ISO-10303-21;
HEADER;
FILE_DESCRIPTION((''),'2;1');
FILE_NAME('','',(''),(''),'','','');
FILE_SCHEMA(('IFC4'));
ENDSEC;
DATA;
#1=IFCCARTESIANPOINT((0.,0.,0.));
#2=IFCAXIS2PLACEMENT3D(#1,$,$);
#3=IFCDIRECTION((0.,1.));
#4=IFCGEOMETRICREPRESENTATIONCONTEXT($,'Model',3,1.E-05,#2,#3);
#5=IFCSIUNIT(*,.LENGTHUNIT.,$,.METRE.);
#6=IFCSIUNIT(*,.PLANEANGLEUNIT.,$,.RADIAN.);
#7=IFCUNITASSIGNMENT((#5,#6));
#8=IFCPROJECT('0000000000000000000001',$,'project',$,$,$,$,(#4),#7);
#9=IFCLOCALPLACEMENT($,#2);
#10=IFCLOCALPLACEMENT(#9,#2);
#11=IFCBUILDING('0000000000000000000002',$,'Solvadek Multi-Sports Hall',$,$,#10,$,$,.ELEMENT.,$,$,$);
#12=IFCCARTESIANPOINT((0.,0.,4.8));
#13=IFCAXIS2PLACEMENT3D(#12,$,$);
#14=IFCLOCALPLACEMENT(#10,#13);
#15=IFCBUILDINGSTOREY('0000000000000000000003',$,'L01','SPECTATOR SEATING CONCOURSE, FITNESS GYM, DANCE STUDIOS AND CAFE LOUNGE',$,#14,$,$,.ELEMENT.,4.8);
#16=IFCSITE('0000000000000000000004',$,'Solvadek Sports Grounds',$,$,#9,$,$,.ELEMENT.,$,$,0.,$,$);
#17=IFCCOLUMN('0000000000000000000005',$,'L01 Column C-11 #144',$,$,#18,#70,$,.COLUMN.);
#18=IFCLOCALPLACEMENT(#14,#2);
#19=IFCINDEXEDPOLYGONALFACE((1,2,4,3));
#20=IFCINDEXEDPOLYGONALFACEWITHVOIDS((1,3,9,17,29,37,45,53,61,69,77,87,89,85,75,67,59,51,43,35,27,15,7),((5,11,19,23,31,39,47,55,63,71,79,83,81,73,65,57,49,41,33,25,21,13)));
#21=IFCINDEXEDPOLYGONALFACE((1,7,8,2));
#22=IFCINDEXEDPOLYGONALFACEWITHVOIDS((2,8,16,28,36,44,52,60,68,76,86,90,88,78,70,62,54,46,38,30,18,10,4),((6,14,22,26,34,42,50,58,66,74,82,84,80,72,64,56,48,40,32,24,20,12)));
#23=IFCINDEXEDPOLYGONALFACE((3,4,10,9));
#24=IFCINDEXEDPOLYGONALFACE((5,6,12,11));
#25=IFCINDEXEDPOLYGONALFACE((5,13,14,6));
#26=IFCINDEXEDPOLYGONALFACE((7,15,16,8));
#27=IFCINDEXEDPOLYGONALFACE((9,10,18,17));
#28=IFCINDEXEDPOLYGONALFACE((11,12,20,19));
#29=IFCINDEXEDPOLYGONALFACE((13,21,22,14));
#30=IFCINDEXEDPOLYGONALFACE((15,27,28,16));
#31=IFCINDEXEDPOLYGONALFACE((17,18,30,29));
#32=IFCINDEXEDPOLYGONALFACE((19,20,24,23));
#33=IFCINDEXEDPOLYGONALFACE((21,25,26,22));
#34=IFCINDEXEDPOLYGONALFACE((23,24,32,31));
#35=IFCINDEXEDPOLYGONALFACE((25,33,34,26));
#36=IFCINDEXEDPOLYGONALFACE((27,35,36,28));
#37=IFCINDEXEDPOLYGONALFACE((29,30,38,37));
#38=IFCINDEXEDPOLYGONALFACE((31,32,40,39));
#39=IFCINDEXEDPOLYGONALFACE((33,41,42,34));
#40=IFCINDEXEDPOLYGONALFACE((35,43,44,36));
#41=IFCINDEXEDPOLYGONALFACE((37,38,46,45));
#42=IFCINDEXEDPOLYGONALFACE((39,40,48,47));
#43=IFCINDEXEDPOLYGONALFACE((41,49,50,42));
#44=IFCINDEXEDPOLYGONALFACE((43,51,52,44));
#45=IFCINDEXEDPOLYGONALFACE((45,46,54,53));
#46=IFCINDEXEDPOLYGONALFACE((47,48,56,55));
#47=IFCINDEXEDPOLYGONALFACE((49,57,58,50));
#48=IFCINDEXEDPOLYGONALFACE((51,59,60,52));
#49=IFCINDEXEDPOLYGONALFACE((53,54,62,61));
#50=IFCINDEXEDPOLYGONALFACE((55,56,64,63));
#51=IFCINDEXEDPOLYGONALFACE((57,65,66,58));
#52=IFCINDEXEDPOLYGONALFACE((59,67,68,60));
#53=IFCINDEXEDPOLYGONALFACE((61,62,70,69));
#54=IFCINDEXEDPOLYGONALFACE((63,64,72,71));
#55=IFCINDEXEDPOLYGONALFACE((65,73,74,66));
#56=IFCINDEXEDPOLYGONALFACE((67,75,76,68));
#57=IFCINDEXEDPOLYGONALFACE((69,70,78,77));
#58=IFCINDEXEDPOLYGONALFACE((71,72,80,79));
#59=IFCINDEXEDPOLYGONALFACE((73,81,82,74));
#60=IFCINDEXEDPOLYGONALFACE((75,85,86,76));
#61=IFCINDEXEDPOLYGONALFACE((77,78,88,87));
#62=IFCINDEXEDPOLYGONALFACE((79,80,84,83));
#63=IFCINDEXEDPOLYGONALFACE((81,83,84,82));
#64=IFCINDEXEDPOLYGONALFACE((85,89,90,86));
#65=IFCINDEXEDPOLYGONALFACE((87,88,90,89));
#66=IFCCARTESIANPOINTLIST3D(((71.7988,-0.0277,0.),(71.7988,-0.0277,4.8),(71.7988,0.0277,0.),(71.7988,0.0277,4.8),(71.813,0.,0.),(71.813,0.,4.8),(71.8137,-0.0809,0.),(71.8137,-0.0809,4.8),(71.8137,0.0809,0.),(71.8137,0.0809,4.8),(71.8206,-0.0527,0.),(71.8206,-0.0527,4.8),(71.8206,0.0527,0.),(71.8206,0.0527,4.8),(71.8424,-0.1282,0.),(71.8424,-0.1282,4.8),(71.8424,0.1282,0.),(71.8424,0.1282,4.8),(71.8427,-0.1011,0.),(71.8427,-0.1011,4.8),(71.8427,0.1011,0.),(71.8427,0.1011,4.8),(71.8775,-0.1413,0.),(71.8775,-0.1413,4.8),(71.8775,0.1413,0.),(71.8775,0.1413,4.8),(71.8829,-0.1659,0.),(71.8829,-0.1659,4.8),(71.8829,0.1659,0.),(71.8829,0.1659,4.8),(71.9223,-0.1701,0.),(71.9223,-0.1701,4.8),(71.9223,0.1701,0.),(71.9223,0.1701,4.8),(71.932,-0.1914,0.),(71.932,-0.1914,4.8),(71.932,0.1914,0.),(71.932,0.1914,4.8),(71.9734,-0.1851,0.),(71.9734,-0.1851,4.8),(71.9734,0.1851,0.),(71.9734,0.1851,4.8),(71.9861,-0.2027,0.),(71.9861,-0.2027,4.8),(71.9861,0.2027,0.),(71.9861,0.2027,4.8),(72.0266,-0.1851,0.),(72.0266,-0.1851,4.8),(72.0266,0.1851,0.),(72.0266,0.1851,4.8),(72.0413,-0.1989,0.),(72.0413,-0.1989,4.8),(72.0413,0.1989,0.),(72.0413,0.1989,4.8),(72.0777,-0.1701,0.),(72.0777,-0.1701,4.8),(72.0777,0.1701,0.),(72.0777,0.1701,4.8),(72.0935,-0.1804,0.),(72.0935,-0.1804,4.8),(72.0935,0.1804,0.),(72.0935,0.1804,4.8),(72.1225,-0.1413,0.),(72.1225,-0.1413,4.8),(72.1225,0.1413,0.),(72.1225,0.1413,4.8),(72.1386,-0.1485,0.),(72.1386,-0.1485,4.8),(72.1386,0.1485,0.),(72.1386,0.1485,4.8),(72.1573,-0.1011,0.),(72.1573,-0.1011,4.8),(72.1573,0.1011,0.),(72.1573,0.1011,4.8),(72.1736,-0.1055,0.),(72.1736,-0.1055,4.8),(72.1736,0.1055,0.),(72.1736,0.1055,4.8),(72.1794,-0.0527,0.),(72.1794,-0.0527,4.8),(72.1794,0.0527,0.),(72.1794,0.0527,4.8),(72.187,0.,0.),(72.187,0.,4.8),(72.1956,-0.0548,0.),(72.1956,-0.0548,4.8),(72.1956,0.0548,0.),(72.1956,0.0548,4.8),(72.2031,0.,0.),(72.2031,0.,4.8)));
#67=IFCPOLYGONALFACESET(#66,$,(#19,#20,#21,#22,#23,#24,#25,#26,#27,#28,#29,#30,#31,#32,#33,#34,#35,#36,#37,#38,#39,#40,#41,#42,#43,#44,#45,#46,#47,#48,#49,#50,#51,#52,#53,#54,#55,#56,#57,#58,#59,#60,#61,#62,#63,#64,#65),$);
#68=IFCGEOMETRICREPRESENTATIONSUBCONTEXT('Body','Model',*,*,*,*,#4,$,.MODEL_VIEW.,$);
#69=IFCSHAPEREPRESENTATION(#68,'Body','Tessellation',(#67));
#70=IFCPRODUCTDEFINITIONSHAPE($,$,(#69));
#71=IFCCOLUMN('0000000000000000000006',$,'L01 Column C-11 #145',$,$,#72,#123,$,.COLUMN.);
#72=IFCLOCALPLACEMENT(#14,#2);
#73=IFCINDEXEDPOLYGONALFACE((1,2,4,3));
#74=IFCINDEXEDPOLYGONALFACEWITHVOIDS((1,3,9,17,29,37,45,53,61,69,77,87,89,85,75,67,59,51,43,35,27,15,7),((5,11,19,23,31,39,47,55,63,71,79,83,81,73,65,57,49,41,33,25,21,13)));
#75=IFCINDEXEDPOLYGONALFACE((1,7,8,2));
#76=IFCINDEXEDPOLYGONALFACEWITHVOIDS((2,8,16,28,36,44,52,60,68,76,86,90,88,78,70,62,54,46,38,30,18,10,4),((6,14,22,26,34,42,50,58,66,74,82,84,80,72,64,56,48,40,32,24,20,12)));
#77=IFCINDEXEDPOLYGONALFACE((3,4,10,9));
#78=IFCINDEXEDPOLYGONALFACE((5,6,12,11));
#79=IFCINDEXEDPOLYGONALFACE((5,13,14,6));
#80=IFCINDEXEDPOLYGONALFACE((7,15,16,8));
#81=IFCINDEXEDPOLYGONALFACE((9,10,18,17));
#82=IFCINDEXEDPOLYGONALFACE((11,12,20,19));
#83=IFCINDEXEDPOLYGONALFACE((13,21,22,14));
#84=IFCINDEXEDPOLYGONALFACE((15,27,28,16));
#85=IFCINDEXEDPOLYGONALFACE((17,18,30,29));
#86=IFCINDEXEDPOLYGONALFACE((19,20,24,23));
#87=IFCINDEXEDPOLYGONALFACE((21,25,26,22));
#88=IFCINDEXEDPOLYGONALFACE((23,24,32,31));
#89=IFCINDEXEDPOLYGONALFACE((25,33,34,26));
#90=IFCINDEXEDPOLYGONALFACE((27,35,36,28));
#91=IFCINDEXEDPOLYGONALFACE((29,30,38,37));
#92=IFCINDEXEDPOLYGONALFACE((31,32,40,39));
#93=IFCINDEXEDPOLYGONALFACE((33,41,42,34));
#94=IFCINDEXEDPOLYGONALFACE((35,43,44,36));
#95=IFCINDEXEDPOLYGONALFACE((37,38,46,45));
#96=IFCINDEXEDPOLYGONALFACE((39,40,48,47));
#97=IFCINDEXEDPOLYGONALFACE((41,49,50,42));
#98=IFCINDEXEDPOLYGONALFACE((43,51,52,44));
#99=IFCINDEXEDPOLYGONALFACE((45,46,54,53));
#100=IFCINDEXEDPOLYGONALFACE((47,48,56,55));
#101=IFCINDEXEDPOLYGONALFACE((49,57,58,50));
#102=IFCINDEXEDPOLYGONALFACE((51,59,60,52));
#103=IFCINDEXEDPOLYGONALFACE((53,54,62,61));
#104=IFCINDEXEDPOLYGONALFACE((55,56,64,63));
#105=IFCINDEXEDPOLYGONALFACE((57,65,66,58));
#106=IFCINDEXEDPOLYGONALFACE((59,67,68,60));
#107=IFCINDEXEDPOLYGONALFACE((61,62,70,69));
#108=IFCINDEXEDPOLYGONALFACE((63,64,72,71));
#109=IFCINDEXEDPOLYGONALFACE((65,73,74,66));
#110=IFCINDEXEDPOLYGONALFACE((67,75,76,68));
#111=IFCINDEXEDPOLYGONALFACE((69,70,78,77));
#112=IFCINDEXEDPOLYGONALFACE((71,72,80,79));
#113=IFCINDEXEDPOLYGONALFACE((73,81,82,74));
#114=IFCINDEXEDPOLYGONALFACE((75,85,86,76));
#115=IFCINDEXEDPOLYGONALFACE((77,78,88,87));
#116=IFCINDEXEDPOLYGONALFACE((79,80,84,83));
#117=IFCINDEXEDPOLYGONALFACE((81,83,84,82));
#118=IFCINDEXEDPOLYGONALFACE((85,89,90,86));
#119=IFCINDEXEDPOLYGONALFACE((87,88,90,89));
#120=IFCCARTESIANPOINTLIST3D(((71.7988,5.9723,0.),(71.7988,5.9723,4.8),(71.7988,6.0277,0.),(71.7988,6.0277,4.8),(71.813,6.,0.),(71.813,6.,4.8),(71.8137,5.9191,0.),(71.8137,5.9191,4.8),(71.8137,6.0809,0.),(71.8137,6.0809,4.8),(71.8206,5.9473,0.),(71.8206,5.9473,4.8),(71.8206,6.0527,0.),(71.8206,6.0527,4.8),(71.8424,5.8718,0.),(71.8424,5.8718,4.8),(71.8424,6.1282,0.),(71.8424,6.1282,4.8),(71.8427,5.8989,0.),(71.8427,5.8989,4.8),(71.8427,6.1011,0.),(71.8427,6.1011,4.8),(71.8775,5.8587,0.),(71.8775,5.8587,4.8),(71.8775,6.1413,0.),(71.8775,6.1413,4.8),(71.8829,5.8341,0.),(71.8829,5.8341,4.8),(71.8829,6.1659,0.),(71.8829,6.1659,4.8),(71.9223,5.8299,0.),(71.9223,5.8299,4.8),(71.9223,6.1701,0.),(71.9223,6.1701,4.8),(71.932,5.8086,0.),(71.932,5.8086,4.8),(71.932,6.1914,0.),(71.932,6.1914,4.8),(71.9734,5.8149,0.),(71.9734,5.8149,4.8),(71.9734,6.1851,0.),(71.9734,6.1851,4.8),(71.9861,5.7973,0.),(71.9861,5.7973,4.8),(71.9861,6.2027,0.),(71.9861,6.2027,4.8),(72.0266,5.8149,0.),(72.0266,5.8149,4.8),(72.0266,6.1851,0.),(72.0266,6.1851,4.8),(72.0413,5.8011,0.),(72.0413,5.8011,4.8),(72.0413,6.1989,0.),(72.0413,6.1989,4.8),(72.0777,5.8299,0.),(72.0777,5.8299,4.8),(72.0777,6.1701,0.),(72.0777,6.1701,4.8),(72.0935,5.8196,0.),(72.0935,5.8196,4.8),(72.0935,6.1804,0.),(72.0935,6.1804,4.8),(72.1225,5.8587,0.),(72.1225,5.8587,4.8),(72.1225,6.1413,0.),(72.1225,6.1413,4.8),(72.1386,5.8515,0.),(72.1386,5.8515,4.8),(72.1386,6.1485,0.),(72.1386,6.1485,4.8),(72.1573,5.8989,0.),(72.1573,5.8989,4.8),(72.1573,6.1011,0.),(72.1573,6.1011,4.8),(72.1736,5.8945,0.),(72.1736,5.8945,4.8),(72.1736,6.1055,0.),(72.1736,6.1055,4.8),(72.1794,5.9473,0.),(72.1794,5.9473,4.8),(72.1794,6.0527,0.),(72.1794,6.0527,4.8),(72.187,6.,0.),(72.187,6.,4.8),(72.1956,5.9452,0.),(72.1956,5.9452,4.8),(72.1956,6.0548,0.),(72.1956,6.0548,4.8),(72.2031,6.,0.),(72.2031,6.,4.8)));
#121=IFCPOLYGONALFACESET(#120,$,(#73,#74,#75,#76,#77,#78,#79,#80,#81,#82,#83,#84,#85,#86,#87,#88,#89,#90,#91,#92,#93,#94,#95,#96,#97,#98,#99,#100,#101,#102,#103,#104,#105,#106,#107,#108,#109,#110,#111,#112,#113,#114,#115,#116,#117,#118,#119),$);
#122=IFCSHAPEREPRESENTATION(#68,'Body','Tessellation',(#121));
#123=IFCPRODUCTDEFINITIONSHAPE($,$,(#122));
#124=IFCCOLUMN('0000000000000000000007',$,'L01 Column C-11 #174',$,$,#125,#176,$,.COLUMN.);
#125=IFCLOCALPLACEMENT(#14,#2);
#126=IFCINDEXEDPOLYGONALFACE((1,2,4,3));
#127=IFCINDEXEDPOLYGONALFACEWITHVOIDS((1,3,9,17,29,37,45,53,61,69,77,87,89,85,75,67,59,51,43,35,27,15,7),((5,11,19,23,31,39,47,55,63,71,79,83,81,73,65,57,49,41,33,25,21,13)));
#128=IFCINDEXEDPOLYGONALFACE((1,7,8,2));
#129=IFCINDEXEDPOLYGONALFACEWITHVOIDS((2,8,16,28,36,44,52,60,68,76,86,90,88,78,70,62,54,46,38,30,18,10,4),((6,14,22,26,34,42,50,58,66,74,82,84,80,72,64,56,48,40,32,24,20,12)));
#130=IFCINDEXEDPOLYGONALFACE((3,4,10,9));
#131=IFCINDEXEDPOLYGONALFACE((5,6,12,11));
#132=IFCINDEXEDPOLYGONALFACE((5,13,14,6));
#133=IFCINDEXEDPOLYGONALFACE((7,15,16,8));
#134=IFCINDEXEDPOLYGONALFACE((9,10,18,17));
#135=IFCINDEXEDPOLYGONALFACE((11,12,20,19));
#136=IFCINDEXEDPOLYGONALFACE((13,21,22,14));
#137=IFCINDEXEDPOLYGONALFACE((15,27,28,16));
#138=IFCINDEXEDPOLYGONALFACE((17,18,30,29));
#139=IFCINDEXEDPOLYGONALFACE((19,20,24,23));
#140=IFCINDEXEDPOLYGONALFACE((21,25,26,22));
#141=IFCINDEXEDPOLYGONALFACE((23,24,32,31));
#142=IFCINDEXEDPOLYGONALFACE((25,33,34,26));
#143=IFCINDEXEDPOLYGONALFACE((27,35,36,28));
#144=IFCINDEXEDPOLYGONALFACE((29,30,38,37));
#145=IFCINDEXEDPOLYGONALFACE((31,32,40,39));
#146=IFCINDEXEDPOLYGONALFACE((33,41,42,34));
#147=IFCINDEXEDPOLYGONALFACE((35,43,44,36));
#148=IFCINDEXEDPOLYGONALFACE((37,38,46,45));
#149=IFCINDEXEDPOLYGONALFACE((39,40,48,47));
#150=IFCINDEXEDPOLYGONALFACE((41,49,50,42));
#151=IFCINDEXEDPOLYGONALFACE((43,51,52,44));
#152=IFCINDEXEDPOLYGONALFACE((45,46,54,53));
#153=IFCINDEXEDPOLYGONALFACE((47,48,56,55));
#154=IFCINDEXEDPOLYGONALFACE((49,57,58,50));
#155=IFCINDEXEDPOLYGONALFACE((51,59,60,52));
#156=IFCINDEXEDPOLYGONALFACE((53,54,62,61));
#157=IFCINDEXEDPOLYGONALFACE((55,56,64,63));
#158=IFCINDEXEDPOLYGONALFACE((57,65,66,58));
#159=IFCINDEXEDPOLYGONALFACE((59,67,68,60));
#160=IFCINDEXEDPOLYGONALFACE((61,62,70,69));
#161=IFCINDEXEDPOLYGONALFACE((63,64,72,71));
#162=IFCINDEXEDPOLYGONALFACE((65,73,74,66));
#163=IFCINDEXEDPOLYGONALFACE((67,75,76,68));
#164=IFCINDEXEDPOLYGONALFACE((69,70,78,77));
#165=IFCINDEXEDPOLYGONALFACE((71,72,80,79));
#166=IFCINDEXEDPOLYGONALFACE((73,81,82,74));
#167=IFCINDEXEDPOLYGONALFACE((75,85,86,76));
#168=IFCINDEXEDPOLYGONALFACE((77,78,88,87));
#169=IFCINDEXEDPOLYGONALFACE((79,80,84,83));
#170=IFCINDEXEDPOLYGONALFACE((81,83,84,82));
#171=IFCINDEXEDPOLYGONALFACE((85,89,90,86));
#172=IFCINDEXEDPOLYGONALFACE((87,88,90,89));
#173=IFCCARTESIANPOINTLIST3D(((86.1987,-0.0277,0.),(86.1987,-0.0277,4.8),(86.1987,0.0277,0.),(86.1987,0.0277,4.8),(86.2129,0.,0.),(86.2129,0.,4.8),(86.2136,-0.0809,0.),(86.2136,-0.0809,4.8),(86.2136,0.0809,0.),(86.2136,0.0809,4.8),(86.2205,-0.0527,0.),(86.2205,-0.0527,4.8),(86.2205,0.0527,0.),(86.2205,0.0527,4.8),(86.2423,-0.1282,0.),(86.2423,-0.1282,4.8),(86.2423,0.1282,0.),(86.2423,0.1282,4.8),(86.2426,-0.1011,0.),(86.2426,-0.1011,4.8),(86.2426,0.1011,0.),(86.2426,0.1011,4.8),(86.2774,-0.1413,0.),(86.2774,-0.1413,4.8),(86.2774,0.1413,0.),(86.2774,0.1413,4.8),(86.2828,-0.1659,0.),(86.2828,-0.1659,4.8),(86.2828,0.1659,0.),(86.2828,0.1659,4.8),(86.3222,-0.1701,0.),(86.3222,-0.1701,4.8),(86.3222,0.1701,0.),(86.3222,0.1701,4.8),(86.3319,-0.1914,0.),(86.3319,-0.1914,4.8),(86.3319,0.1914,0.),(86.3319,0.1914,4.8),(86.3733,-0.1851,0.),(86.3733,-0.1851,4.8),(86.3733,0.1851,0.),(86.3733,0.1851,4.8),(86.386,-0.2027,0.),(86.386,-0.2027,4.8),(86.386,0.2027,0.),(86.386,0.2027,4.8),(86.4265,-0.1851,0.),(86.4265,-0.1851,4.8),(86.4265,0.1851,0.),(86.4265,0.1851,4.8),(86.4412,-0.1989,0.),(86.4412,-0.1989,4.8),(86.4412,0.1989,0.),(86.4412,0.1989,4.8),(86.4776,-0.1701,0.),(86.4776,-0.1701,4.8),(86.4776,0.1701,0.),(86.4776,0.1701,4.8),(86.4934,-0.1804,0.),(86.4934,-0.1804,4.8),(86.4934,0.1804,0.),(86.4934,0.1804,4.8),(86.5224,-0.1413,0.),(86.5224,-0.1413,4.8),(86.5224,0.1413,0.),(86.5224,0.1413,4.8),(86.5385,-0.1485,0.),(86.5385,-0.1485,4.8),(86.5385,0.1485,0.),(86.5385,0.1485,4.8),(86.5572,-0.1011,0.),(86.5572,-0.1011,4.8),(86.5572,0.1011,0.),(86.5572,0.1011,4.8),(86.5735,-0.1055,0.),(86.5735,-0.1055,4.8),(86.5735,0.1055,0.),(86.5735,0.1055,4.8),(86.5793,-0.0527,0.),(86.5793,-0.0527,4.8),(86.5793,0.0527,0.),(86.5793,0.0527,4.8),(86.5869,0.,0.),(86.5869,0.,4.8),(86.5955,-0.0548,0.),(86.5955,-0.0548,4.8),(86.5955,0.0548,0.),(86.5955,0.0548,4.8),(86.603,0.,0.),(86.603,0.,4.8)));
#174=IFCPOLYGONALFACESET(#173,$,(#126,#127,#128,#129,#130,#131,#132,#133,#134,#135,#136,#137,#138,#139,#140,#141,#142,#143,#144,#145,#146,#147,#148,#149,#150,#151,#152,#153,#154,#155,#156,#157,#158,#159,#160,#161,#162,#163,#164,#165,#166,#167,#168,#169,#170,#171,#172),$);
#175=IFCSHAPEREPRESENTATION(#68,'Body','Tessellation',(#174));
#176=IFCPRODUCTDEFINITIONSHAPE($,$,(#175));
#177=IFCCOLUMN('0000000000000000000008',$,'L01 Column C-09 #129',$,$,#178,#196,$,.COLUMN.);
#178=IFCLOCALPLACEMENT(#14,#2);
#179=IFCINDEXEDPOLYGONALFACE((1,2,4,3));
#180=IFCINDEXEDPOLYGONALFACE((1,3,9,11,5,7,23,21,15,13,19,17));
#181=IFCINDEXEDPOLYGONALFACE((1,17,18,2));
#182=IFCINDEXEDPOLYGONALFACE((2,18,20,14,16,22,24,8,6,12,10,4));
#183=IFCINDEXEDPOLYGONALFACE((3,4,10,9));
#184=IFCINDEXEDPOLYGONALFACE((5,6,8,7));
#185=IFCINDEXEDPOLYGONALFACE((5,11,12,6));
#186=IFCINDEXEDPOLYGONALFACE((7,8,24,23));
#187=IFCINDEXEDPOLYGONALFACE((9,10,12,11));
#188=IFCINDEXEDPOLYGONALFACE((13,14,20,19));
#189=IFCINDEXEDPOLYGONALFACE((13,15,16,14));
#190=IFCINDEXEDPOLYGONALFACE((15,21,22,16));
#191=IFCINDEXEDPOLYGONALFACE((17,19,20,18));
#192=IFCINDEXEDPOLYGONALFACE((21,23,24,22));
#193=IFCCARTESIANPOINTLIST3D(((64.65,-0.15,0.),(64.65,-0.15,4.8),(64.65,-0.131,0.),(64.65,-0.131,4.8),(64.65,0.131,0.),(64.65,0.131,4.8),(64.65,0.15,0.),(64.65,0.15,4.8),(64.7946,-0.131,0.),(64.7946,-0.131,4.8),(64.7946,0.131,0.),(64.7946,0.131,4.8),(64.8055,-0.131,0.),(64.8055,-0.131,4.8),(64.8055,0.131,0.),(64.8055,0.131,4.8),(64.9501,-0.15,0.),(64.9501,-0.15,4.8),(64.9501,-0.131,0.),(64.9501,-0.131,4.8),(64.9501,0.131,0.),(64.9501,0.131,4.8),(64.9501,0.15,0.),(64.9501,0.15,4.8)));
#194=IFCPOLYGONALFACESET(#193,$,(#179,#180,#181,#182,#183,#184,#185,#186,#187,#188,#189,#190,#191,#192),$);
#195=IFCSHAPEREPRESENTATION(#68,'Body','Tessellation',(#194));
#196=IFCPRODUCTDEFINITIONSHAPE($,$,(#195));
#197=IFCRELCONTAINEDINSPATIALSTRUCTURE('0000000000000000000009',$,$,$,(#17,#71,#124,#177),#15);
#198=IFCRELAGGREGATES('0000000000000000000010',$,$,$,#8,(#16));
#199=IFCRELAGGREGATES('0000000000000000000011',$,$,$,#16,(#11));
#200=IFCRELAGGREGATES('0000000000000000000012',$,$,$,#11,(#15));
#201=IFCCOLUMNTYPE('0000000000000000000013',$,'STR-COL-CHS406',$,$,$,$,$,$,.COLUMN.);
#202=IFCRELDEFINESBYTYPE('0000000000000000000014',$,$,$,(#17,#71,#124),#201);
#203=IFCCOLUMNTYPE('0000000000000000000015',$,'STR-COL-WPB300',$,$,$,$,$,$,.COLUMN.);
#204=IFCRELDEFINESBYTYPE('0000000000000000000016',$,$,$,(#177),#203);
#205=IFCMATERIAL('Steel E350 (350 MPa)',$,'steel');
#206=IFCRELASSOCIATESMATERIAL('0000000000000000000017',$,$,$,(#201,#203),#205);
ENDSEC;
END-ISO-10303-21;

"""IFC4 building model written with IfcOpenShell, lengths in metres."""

from ifc_helpers import new_model, si_unit, direction, frame, origin, origin_2d, place, context, subcontext, project, spatial, hollow_circle, i_section, extrude, material, material_profile, profile_set, type_object, element, save


model = new_model("IFC4")

# Units and contexts
model_context = context("Model", 3, precision=1e-05, world=origin(), true_north=direction((0.0, 1.0)))
body_context = subcontext(model_context, "Body", "Model", "MODEL_VIEW")
ifc_project = project(units=[si_unit("LENGTHUNIT", "METRE"), si_unit("PLANEANGLEUNIT", "RADIAN")], contexts=[model_context])

# Site, building, storey
site_placement = place(None, origin())
site = spatial("IfcSite", under=ifc_project, at=site_placement, Name="Solvadek Sports Grounds", CompositionType="ELEMENT", RefElevation=0.0)
building_placement = place(site_placement, origin())
building = spatial("IfcBuilding", under=site, at=building_placement, Name="Solvadek Multi-Sports Hall", CompositionType="ELEMENT")
storey_placement = place(building_placement, frame((0.0, 0.0, 4.8)))
storey = spatial("IfcBuildingStorey", under=building, at=storey_placement, Name="L01", Description="SPECTATOR SEATING CONCOURSE, FITNESS GYM, DANCE STUDIOS AND CAFE LOUNGE", CompositionType="ELEMENT", Elevation=4.8)

# Columns
ifc_material_1 = material(Name="Steel E350 (350 MPa)", Category="steel")
ifc_material_profile_1 = material_profile(ifc_material_1, hollow_circle(Radius=0.2031, WallThickness=0.0161, at=origin_2d()), Name="CHS 406.4x16")
ifc_profile_set_1 = profile_set([ifc_material_profile_1], Name="Steel E350 (350 MPa)")
column_type_1 = type_object("IfcColumnType", Name="STR-COL-CHS406", PredefinedType="COLUMN", material=ifc_profile_set_1)
for number, where, z_axis, x_axis, name in (
    (1, (72.0, 0.0, 0.0), (0.0, 0.0, 1.0), (1.0, 0.0, 0.0), "L01 Column C-11 #144"),
    (2, (72.0, 6.0, 0.0), (0.0, 0.0, 1.0), (1.0, 0.0, 0.0), "L01 Column C-11 #145"),
    (3, (86.3999, 0.0, 0.0), (0.0, 0.0, 1.0), (1.0, 0.0, 0.0), "L01 Column C-11 #174"),
):
    element("IfcColumn", number, at=place(storey_placement, frame(where, z_axis=z_axis, x_axis=x_axis)), inside=storey, type_object=column_type_1, Name=name, PredefinedType="COLUMN", context=body_context, shape_type="SweptSolid", body=[
        extrude(hollow_circle(Radius=0.2031, WallThickness=0.0161, at=origin_2d()), origin(), (0.0, 0.0, 1.0), 4.8),
    ])
ifc_material_profile_2 = material_profile(ifc_material_1, i_section(OverallWidth=0.3, OverallDepth=0.3, WebThickness=0.011, FlangeThickness=0.019, at=origin_2d()), Name="WPB 300")
ifc_profile_set_2 = profile_set([ifc_material_profile_2], Name="Steel E350 (350 MPa)")
column_type_2 = type_object("IfcColumnType", Name="STR-COL-WPB300", PredefinedType="COLUMN", material=ifc_profile_set_2)
for number, where, z_axis, x_axis, name in (
    (4, (64.8, 0.0, 0.0), (0.0, 0.0, 1.0), (1.0, 0.0, 0.0), "L01 Column C-09 #129"),
):
    element("IfcColumn", number, at=place(storey_placement, frame(where, z_axis=z_axis, x_axis=x_axis)), inside=storey, type_object=column_type_2, Name=name, PredefinedType="COLUMN", context=body_context, shape_type="SweptSolid", body=[
        extrude(i_section(OverallWidth=0.3, OverallDepth=0.3, WebThickness=0.011, FlangeThickness=0.019, at=origin_2d()), origin(), (0.0, 0.0, 1.0), 4.8),
    ])

save(model, "model.ifc")
